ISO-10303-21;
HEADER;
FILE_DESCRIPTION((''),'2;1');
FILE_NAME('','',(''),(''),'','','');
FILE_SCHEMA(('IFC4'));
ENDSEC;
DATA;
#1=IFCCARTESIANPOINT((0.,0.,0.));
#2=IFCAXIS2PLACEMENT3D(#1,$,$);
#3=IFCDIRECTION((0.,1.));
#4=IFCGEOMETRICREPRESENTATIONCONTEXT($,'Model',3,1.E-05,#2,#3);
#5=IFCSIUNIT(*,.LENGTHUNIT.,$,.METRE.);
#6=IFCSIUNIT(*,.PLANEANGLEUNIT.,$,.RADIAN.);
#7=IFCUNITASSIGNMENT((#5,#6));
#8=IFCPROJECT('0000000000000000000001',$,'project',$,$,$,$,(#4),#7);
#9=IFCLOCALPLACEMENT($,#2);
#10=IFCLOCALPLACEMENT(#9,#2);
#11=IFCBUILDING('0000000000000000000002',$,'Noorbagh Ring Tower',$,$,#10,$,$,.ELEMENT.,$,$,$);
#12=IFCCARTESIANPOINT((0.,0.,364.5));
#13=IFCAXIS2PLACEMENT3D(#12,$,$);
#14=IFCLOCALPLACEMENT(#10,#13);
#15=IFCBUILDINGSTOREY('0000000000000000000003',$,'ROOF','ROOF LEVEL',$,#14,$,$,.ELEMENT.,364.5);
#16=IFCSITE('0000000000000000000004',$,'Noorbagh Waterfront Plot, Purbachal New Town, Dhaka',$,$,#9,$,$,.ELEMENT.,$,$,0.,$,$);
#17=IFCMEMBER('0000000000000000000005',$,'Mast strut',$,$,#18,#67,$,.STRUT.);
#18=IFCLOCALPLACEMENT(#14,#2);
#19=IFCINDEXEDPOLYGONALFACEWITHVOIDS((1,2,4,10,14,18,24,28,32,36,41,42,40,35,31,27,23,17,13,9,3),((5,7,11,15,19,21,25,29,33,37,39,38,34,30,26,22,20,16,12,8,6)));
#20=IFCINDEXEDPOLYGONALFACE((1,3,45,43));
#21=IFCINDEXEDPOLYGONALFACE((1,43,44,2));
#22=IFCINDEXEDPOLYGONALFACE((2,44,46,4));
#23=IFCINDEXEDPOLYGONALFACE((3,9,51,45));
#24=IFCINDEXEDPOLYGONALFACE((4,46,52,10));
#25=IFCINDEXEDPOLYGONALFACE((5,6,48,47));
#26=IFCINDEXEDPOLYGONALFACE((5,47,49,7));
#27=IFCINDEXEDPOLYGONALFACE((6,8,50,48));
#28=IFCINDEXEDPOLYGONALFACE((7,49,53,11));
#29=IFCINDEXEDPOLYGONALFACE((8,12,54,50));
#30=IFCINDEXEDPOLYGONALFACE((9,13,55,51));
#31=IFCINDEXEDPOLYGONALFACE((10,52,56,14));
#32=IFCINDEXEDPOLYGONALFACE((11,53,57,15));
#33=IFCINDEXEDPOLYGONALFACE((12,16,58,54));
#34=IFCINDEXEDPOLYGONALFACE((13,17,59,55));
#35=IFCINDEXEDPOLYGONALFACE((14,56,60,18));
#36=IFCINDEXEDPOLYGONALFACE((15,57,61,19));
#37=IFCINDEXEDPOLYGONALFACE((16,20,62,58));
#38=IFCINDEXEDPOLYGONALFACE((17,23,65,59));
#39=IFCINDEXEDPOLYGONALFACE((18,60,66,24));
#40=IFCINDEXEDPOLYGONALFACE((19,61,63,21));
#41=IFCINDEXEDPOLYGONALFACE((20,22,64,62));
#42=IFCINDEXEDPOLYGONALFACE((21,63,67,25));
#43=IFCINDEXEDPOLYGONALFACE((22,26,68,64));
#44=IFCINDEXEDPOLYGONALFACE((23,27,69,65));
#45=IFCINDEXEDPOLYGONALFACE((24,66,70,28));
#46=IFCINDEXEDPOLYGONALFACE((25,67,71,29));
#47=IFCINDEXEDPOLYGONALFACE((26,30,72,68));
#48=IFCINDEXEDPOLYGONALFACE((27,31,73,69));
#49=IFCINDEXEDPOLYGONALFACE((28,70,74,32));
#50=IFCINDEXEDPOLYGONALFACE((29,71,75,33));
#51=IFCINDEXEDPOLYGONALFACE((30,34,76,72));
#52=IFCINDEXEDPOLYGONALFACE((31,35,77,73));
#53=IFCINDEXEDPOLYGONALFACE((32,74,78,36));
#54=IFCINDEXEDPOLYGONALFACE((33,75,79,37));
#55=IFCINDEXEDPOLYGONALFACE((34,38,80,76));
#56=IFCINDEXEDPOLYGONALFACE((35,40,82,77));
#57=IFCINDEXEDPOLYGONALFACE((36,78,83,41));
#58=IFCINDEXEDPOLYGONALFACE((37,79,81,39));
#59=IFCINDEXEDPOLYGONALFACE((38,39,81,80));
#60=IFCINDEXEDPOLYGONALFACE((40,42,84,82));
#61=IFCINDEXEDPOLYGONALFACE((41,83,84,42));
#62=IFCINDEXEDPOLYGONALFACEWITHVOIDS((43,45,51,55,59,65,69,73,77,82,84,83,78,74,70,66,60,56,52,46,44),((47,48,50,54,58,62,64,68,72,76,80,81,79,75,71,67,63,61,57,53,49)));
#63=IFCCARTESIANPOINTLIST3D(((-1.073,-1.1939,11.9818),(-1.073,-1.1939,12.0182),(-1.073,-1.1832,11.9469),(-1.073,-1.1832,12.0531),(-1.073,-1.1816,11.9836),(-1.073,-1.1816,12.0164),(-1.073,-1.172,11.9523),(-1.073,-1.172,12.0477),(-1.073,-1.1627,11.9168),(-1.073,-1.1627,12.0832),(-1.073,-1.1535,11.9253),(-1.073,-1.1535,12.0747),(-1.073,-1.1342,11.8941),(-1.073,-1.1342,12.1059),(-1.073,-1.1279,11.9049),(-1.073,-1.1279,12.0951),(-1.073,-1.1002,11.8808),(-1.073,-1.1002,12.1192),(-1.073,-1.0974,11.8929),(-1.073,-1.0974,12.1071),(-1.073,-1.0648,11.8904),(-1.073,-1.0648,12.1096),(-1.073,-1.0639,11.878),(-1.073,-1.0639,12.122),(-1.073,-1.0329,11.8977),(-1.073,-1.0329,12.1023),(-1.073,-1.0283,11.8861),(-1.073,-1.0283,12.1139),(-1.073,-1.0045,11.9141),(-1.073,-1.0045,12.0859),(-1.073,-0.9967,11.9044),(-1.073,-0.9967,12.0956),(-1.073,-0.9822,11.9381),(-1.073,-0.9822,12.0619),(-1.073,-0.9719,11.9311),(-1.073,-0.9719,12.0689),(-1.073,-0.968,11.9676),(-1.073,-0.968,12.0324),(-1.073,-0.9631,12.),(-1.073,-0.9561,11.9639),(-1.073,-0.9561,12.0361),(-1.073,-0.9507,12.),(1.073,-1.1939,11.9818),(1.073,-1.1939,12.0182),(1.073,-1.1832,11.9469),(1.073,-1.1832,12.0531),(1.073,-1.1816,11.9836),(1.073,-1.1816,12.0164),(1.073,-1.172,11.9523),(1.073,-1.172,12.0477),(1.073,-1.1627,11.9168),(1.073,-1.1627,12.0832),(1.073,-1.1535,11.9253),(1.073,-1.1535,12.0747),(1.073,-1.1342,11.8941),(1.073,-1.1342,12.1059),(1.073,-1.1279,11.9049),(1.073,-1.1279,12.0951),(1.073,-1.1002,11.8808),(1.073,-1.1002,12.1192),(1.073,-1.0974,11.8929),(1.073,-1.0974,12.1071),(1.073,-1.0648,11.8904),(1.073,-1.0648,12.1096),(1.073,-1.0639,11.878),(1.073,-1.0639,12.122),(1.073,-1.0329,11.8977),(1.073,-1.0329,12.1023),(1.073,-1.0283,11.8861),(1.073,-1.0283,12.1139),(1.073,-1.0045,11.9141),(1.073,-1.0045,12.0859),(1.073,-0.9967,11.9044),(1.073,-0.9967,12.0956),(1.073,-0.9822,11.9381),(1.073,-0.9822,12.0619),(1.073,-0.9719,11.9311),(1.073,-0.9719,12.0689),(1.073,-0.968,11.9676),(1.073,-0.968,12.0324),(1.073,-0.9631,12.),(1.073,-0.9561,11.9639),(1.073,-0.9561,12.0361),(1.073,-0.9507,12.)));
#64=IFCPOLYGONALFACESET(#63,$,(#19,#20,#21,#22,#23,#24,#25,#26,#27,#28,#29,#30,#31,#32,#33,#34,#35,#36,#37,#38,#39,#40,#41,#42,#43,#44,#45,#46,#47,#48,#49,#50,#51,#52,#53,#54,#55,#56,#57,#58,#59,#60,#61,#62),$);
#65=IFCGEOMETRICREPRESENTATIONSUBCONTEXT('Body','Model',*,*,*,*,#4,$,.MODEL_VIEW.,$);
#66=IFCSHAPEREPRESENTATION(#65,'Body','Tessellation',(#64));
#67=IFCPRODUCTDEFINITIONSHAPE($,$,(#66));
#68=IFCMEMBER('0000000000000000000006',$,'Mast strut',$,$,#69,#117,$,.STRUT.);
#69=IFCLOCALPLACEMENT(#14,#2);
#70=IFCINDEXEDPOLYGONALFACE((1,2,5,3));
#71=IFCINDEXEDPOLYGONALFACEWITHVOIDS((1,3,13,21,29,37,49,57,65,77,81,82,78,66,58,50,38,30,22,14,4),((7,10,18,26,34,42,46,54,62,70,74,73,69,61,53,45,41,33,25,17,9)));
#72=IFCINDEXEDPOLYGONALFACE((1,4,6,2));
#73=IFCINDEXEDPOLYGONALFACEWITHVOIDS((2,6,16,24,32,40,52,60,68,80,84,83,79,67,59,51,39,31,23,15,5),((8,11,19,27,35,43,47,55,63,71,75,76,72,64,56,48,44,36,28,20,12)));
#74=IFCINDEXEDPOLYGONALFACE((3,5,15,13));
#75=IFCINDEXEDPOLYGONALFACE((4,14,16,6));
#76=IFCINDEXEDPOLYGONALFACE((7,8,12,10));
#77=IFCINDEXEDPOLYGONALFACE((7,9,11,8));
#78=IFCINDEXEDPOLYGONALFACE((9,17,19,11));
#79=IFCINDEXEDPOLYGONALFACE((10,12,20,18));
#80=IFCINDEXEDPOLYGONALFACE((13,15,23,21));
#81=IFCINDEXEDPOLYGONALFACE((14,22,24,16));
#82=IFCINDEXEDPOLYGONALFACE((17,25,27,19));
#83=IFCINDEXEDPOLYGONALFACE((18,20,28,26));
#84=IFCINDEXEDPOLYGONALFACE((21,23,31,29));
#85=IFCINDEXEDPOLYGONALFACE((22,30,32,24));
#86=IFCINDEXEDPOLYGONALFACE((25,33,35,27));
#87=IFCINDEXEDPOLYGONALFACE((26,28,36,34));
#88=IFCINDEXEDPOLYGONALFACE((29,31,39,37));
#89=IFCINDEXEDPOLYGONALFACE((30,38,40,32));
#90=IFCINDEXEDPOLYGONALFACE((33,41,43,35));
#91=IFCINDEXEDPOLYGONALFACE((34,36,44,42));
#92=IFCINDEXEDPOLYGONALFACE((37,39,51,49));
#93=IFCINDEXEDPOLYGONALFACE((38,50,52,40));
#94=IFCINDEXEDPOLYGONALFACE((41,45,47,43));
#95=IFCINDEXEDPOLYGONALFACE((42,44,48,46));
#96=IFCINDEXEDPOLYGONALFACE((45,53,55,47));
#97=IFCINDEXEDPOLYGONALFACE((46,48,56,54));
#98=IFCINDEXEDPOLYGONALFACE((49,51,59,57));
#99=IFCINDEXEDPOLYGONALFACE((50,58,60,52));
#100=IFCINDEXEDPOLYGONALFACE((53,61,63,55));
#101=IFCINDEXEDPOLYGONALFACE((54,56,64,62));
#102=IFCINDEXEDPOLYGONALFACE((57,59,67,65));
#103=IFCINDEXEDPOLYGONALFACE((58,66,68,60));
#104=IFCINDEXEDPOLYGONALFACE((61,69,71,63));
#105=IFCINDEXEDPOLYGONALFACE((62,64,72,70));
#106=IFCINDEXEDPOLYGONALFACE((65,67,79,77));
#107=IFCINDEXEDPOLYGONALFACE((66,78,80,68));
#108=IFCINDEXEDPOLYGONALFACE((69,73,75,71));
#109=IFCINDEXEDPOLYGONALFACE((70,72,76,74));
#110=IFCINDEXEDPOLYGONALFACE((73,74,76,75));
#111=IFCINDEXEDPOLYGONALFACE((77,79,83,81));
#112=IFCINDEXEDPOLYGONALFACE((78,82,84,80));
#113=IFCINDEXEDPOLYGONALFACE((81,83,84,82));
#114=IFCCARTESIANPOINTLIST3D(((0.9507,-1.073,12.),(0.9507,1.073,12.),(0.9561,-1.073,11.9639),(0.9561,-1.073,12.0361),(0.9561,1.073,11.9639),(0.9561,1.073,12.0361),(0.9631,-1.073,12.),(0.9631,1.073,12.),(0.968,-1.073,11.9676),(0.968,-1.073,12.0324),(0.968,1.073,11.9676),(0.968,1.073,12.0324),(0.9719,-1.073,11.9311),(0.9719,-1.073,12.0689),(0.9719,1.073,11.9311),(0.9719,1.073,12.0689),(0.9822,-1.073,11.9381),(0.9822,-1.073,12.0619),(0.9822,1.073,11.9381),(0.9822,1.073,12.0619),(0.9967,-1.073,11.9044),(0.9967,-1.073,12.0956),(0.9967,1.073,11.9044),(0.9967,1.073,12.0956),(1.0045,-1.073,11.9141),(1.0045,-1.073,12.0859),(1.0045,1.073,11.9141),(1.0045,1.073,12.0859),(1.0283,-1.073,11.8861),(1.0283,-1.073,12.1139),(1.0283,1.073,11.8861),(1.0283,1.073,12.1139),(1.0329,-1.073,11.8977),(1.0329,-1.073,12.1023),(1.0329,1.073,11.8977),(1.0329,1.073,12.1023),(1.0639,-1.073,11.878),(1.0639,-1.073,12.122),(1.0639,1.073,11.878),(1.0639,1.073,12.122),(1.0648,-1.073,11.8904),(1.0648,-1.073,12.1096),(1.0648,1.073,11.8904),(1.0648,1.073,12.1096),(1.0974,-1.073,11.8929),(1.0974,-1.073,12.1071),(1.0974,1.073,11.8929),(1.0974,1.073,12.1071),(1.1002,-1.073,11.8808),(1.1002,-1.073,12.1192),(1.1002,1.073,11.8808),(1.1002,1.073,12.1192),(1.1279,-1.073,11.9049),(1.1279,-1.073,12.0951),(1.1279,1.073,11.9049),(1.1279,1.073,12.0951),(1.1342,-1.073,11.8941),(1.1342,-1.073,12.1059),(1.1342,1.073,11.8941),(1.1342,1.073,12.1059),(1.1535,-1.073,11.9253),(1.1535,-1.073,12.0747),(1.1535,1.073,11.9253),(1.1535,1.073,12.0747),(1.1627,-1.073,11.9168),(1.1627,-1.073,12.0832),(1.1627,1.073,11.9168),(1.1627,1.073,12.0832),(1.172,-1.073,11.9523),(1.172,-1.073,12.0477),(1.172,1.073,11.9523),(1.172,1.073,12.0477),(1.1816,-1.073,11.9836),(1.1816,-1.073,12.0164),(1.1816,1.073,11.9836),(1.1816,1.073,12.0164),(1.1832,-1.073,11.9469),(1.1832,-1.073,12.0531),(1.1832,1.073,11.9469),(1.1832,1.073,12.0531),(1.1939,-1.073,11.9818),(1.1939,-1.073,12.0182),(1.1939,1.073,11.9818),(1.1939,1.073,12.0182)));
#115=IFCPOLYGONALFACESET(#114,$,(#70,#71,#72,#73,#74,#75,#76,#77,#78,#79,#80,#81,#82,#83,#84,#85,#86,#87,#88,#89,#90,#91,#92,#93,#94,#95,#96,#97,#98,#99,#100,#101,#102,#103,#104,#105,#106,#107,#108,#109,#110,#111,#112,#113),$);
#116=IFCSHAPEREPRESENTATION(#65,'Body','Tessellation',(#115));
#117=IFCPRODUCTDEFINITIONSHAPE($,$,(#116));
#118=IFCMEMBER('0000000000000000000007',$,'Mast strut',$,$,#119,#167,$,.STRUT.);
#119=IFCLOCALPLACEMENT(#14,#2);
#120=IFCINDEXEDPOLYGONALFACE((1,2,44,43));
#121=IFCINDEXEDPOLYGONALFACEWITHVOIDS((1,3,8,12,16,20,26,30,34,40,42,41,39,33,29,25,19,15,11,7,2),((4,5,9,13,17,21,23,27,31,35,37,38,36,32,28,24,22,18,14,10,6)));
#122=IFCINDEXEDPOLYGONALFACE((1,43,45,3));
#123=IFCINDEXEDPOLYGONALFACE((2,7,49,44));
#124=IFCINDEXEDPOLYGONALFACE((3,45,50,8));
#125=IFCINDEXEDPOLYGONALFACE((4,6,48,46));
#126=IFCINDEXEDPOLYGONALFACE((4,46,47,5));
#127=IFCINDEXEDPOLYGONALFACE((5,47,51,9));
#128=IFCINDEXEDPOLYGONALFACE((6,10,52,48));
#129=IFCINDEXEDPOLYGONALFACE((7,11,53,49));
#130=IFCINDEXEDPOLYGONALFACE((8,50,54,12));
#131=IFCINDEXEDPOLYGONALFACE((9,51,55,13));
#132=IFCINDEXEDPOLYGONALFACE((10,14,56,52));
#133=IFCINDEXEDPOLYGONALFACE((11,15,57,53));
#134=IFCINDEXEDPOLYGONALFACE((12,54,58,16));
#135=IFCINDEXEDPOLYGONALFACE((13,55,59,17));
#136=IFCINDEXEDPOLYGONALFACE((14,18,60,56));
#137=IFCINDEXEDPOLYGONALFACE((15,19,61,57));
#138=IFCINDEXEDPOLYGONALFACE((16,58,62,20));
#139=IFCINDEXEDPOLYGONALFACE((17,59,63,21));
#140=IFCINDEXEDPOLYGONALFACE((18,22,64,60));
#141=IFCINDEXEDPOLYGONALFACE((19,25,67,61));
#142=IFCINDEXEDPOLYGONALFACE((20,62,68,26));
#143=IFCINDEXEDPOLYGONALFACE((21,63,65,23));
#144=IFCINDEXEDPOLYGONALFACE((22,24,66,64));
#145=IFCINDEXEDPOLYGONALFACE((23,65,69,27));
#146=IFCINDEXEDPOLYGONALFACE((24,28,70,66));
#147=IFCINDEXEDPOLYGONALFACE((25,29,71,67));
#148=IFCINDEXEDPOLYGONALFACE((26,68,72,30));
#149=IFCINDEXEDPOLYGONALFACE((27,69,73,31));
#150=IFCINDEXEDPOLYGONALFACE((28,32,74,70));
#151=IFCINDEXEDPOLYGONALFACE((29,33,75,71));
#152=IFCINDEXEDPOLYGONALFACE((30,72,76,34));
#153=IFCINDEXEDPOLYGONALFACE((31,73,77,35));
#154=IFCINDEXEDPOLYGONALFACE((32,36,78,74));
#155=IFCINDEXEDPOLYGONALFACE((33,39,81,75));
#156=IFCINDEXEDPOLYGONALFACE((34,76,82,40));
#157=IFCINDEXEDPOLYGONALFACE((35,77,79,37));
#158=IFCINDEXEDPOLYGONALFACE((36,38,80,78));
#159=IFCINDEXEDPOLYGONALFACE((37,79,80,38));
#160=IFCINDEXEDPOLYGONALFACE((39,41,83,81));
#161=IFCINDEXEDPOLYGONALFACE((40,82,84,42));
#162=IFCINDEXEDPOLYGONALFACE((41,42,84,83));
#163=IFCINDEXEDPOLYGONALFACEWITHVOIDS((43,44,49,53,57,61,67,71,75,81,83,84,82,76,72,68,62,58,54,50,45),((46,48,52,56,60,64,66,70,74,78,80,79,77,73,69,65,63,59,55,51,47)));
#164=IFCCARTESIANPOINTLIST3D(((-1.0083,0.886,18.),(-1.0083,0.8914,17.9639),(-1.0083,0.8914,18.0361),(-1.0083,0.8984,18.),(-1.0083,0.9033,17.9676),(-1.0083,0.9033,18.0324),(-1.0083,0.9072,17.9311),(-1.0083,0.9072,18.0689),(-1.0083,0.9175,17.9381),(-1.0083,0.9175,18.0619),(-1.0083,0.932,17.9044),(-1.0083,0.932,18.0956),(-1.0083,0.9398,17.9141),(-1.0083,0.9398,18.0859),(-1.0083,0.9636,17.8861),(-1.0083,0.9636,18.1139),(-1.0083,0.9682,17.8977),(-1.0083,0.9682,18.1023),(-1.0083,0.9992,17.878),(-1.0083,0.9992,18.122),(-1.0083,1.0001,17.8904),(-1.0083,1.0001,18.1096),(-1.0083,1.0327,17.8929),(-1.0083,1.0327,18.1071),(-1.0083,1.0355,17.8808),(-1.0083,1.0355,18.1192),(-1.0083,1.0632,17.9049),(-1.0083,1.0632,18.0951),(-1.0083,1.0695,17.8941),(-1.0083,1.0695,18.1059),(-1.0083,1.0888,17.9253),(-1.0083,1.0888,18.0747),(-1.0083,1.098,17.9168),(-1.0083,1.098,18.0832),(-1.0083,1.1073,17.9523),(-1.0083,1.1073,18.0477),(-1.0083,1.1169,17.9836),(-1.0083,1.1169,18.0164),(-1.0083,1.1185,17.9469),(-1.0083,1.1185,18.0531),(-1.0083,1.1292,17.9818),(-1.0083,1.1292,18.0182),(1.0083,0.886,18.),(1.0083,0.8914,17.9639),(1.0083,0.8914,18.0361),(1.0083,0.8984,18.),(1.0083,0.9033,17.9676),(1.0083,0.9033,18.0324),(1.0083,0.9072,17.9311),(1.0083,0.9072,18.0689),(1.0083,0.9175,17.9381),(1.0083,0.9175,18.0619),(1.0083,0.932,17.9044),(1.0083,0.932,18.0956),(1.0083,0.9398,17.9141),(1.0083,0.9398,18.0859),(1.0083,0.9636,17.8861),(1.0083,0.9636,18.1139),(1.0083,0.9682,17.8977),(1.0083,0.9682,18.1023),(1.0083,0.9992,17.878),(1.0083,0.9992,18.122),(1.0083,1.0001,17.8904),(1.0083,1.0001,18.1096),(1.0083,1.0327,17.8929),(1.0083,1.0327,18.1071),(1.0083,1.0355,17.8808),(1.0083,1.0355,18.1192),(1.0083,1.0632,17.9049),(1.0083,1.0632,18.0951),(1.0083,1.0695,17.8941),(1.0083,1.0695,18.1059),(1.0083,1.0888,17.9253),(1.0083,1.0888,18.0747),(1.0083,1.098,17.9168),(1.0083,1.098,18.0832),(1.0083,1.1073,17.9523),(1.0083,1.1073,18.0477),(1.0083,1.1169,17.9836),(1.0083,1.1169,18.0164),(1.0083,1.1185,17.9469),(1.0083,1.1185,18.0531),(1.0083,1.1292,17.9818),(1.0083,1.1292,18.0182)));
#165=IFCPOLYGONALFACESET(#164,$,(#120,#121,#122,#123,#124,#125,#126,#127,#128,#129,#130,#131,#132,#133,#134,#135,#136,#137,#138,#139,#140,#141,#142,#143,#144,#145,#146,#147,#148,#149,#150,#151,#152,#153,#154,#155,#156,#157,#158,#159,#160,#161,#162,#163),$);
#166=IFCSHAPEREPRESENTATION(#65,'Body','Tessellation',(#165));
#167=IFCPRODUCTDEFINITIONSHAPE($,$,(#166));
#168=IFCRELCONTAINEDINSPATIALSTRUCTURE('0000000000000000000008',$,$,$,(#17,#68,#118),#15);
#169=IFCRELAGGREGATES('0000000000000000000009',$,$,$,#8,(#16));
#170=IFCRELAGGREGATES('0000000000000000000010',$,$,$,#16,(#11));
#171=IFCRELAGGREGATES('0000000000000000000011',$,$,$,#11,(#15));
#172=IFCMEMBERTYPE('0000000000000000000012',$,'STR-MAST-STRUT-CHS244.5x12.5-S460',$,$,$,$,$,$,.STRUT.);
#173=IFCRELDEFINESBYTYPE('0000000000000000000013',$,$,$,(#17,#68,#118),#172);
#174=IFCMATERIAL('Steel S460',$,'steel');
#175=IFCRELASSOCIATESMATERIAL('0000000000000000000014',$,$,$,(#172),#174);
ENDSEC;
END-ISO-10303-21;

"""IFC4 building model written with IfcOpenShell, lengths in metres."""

from ifc_helpers import new_model, si_unit, direction, frame, origin, origin_2d, place, context, subcontext, project, spatial, hollow_circle, extrude, material, material_profile, profile_set, type_object, element, save


model = new_model("IFC4")

# Units and contexts
model_context = context("Model", 3, precision=1e-05, world=origin(), true_north=direction((0.0, 1.0)))
body_context = subcontext(model_context, "Body", "Model", "MODEL_VIEW")
ifc_project = project(units=[si_unit("LENGTHUNIT", "METRE"), si_unit("PLANEANGLEUNIT", "RADIAN")], contexts=[model_context])

# Site, building, storey
site_placement = place(None, origin())
site = spatial("IfcSite", under=ifc_project, at=site_placement, Name="Noorbagh Waterfront Plot, Purbachal New Town, Dhaka", CompositionType="ELEMENT", RefElevation=0.0)
building_placement = place(site_placement, origin())
building = spatial("IfcBuilding", under=site, at=building_placement, Name="Noorbagh Ring Tower", CompositionType="ELEMENT")
storey_placement = place(building_placement, frame((0.0, 0.0, 364.5)))
storey = spatial("IfcBuildingStorey", under=building, at=storey_placement, Name="ROOF", Description="ROOF LEVEL", CompositionType="ELEMENT", Elevation=364.5)

# Members
ifc_material_1 = material(Name="Steel S460", Category="steel")
ifc_material_profile_1 = material_profile(ifc_material_1, hollow_circle(Radius=0.1223, WallThickness=0.0125, at=origin_2d()), Name="CHS244.5x12.5")
ifc_profile_set_1 = profile_set([ifc_material_profile_1], Name="Steel S460")
member_type_1 = type_object("IfcMemberType", Name="STR-MAST-STRUT-CHS244.5x12.5-S460", PredefinedType="STRUT", material=ifc_profile_set_1)
for number, where, z_axis, x_axis, name in (
    (1, (-1.073, -1.073, 12.0), (1.0, 0.0, 0.0), (0.0, 1.0, 0.0), "Mast strut"),
    (2, (1.073, -1.073, 12.0), (0.0, 1.0, 0.0), (-1.0, 0.0, 0.0), "Mast strut"),
):
    element("IfcMember", number, at=place(storey_placement, frame(where, z_axis=z_axis, x_axis=x_axis)), inside=storey, type_object=member_type_1, Name=name, PredefinedType="STRUT", context=body_context, shape_type="SweptSolid", body=[
        extrude(hollow_circle(Radius=0.1223, WallThickness=0.0125, at=origin_2d()), origin(), (0.0, 0.0, 1.0), 2.146),
    ])
for number, where, z_axis, x_axis, name in (
    (3, (1.0083, 1.0083, 18.0), (-1.0, 0.0, 0.0), (0.0, -1.0, 0.0), "Mast strut"),
):
    element("IfcMember", number, at=place(storey_placement, frame(where, z_axis=z_axis, x_axis=x_axis)), inside=storey, type_object=member_type_1, Name=name, PredefinedType="STRUT", context=body_context, shape_type="SweptSolid", body=[
        extrude(hollow_circle(Radius=0.1223, WallThickness=0.0125, at=origin_2d()), origin(), (0.0, 0.0, 1.0), 2.0166),
    ])

save(model, "model.ifc")
